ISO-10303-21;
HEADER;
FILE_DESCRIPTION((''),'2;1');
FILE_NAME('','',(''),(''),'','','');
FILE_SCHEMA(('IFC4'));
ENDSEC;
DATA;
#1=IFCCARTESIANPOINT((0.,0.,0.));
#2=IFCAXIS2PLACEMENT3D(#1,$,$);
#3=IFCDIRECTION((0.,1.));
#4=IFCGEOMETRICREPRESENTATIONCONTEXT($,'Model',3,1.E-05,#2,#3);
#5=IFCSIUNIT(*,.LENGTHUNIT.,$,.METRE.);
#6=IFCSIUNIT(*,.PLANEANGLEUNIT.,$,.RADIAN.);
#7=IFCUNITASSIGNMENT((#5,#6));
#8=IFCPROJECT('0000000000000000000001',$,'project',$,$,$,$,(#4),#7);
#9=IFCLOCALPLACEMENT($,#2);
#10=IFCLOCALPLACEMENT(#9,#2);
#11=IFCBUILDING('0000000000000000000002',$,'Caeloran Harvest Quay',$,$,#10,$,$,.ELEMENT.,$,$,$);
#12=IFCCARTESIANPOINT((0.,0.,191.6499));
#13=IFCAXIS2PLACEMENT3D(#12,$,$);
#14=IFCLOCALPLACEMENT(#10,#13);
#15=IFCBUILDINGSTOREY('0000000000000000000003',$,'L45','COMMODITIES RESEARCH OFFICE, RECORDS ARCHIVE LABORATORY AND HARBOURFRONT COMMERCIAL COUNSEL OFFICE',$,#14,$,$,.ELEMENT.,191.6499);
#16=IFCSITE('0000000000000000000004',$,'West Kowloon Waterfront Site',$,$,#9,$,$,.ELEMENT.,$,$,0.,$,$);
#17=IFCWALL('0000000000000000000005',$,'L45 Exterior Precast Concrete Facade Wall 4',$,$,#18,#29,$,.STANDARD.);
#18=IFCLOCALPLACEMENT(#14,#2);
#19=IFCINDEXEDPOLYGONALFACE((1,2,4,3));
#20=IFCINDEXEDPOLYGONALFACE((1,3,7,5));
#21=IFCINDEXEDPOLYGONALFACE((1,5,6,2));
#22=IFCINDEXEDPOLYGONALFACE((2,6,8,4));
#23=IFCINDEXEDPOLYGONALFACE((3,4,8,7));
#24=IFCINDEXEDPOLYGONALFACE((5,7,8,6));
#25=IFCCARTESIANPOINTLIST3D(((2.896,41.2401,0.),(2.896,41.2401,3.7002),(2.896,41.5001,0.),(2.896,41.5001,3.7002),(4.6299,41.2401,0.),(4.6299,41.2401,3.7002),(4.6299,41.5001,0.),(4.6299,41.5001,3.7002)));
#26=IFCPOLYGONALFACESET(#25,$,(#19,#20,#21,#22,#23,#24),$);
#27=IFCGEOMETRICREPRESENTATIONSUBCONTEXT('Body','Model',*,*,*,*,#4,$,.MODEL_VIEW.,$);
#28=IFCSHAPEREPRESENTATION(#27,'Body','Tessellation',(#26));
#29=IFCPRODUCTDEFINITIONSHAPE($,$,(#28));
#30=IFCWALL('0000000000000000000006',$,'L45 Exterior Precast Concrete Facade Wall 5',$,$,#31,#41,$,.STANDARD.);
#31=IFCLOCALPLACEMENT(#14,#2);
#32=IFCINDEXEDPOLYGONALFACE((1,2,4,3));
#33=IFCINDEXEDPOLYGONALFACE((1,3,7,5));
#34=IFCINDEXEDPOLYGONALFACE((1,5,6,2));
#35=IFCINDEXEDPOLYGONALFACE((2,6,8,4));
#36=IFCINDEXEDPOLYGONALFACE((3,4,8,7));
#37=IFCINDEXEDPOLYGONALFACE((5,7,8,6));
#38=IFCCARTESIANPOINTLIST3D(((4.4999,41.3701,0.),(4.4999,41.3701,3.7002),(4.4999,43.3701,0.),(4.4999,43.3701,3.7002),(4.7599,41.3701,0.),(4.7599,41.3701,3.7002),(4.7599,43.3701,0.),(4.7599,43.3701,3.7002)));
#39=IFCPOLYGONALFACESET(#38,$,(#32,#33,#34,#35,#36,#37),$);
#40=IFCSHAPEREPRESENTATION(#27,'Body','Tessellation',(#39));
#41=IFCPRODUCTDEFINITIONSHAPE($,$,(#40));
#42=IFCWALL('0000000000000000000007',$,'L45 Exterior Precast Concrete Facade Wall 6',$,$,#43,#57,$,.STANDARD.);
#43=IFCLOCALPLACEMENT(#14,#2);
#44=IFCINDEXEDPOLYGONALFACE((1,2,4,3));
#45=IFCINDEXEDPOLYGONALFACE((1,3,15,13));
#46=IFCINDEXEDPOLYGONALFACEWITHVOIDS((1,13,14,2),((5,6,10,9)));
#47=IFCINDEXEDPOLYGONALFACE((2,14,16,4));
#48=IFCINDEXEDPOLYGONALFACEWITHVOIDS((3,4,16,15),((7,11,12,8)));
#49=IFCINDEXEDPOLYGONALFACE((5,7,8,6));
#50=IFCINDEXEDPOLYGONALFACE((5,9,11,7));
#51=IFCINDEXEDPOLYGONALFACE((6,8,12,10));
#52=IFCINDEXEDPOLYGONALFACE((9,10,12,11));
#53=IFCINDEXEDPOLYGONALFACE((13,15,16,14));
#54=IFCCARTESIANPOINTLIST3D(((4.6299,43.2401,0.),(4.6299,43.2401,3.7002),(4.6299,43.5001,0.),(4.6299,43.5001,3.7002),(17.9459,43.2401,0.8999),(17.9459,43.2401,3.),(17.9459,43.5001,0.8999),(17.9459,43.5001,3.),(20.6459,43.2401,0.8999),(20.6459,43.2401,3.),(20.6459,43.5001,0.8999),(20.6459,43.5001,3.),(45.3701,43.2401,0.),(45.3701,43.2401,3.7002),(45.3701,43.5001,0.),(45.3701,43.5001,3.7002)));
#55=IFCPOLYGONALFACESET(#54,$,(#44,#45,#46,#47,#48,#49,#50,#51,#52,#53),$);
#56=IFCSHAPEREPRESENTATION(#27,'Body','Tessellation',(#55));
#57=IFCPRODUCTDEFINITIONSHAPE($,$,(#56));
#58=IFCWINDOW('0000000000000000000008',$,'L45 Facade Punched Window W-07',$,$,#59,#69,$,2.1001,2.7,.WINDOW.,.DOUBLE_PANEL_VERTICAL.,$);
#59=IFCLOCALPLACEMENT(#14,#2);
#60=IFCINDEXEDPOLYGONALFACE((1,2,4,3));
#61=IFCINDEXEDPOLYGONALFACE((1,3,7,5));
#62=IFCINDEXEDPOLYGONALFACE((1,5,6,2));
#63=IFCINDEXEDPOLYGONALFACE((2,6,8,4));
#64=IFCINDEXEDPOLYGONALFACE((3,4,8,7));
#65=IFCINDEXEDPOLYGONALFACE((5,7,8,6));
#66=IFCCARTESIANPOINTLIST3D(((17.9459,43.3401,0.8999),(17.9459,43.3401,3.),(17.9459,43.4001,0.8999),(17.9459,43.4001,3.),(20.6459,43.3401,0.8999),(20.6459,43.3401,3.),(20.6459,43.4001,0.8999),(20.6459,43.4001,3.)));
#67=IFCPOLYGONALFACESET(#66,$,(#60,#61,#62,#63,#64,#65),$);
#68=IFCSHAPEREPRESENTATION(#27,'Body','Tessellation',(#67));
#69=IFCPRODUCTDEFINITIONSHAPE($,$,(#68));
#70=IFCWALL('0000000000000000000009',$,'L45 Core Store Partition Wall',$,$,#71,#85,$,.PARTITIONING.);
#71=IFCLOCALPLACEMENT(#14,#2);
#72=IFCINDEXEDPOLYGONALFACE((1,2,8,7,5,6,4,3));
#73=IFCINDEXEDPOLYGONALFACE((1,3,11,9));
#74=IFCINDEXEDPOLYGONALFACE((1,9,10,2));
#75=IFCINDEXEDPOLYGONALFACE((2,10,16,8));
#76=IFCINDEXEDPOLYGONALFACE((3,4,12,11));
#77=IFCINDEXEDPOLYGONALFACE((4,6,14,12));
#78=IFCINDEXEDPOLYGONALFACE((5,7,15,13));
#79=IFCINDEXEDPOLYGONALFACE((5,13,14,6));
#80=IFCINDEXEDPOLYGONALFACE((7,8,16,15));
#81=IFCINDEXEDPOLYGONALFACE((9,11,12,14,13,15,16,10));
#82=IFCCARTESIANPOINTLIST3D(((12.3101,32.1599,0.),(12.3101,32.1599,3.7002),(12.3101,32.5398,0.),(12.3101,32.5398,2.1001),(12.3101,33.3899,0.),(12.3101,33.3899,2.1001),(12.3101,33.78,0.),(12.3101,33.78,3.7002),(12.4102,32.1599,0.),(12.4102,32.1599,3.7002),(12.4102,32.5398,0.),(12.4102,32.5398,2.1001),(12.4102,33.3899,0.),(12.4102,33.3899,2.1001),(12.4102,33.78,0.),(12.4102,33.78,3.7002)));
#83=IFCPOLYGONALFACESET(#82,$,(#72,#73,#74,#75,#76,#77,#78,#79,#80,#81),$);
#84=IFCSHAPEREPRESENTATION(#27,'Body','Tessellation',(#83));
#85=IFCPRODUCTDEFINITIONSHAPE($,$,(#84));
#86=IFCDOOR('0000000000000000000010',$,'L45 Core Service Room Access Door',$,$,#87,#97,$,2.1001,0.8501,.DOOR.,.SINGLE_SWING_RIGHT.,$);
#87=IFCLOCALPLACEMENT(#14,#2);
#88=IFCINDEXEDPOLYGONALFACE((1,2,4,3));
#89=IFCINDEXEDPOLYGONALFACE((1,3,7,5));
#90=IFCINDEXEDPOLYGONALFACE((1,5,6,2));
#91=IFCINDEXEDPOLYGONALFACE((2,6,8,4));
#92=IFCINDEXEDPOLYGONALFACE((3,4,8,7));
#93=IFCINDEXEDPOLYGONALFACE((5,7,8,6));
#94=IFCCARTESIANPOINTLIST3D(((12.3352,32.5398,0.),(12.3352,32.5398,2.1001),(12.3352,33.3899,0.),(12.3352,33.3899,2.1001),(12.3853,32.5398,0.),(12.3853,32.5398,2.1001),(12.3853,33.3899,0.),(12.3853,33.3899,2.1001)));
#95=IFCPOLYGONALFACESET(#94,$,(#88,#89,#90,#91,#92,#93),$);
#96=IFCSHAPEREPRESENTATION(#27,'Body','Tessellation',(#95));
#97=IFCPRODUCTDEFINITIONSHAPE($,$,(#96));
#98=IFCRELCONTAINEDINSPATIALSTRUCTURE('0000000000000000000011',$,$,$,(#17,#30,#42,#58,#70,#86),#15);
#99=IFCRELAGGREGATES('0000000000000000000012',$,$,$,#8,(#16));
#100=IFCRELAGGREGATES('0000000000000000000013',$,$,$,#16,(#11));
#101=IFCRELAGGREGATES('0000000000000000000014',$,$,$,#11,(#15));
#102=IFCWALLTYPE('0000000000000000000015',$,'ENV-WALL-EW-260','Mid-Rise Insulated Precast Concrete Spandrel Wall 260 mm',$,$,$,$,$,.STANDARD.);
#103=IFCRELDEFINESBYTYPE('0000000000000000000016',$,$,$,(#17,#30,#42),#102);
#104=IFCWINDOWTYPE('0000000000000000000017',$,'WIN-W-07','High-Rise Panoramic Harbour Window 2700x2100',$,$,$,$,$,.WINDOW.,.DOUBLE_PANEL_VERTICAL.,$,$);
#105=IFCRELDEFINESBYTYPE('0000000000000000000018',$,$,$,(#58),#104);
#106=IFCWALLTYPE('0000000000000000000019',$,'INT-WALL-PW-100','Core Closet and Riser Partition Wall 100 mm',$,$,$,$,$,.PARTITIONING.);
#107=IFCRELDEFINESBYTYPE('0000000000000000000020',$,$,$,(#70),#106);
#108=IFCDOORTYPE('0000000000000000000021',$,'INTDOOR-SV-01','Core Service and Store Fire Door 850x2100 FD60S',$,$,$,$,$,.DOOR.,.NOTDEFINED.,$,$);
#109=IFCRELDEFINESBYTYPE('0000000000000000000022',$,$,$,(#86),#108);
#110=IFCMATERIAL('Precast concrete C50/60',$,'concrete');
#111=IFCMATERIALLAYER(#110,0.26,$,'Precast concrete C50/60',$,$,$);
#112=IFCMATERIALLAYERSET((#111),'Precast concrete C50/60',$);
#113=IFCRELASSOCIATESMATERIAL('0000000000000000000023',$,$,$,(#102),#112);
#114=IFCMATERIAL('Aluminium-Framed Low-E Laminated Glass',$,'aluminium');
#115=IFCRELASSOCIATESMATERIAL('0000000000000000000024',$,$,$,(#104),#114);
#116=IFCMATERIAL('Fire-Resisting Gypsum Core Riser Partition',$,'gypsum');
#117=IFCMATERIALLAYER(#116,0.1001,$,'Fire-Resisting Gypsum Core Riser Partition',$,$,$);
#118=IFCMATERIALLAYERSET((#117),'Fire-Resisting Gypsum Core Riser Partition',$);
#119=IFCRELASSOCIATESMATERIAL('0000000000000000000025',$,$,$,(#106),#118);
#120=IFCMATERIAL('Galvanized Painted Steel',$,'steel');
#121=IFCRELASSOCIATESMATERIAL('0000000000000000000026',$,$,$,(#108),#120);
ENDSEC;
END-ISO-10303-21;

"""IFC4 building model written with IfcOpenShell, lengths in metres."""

from ifc_helpers import new_model, si_unit, direction, frame, frame_2d, origin, place, context, subcontext, project, spatial, rectangle, extrude, material, layer, layer_set, type_object, element, fill, save


model = new_model("IFC4")

# Units and contexts
model_context = context("Model", 3, precision=1e-05, world=origin(), true_north=direction((0.0, 1.0)))
body_context = subcontext(model_context, "Body", "Model", "MODEL_VIEW")
ifc_project = project(units=[si_unit("LENGTHUNIT", "METRE"), si_unit("PLANEANGLEUNIT", "RADIAN")], contexts=[model_context])

# Site, building, storey
site_placement = place(None, origin())
site = spatial("IfcSite", under=ifc_project, at=site_placement, Name="West Kowloon Waterfront Site", CompositionType="ELEMENT", RefElevation=0.0)
building_placement = place(site_placement, origin())
building = spatial("IfcBuilding", under=site, at=building_placement, Name="Caeloran Harvest Quay", CompositionType="ELEMENT")
storey_placement = place(building_placement, frame((0.0, 0.0, 191.6499)))
storey = spatial("IfcBuildingStorey", under=building, at=storey_placement, Name="L45", Description="COMMODITIES RESEARCH OFFICE, RECORDS ARCHIVE LABORATORY AND HARBOURFRONT COMMERCIAL COUNSEL OFFICE", CompositionType="ELEMENT", Elevation=191.6499)

# Walls
ifc_material_1 = material(Name="Precast concrete C50/60", Category="concrete")
ifc_layer_1 = layer(ifc_material_1, 0.26, Name="Precast concrete C50/60")
ifc_layer_set_1 = layer_set([ifc_layer_1], Name="Precast concrete C50/60")
wall_type_1 = type_object("IfcWallType", Name="ENV-WALL-EW-260", Description="Mid-Rise Insulated Precast Concrete Spandrel Wall 260 mm", PredefinedType="STANDARD", material=ifc_layer_set_1)
wall_1_placement = place(storey_placement, frame((2.896, 41.3701, 0.0), z_axis=(0.0, 0.0, 1.0), x_axis=(1.0, 0.0, 0.0)))
element("IfcWall", 1, at=wall_1_placement, inside=storey, type_object=wall_type_1, Name="L45 Exterior Precast Concrete Facade Wall 4", PredefinedType="STANDARD", context=body_context, shape_type="SweptSolid", body=[
    extrude(rectangle(XDim=1.7339, YDim=0.26, at=frame_2d((0.8669, 0.0))), origin(), (0.0, 0.0, 1.0), 3.7002),
])
wall_2_placement = place(storey_placement, frame((4.6299, 41.3701, 0.0), z_axis=(0.0, 0.0, 1.0), x_axis=(0.0, 1.0, 0.0)))
element("IfcWall", 2, at=wall_2_placement, inside=storey, type_object=wall_type_1, Name="L45 Exterior Precast Concrete Facade Wall 5", PredefinedType="STANDARD", context=body_context, shape_type="SweptSolid", body=[
    extrude(rectangle(XDim=2.0, YDim=0.26, at=frame_2d((1.0, 0.0))), origin(), (0.0, 0.0, 1.0), 3.7002),
])

# Wall, opening, window
wall_3_placement = place(storey_placement, frame((4.6299, 43.3701, 0.0), z_axis=(0.0, 0.0, 1.0), x_axis=(1.0, 0.0, 0.0)))
wall_3 = element("IfcWall", 3, at=wall_3_placement, inside=storey, type_object=wall_type_1, Name="L45 Exterior Precast Concrete Facade Wall 6", PredefinedType="STANDARD", context=body_context, shape_type="SweptSolid", body=[
    extrude(rectangle(XDim=40.7402, YDim=0.26, at=frame_2d((20.3701, 0.0))), origin(), (0.0, 0.0, 1.0), 3.7002),
])
opening_1_placement = place(wall_3_placement, frame((13.3159, 0.0, 0.8999)))
opening_1 = element("IfcOpeningElement", 4, at=opening_1_placement, cuts=wall_3, PredefinedType="OPENING", context=body_context, shape_type="SweptSolid", body=[
    extrude(rectangle(XDim=2.7, YDim=2.1001, at=frame_2d((1.3501, 1.05))), frame((0.0, 0.1401, 0.0), z_axis=(0.0, -1.0, 0.0), x_axis=(1.0, 0.0, 0.0)), (0.0, 0.0, 1.0), 0.28),
])
ifc_material_2 = material(Name="Aluminium-Framed Low-E Laminated Glass", Category="aluminium")
window_type = type_object("IfcWindowType", Name="WIN-W-07", Description="High-Rise Panoramic Harbour Window 2700x2100", PartitioningType="DOUBLE_PANEL_VERTICAL", PredefinedType="WINDOW", material=ifc_material_2)
window_placement = place(opening_1_placement, origin())
window = element("IfcWindow", 5, at=window_placement, inside=storey, type_object=window_type, Name="L45 Facade Punched Window W-07", OverallHeight=2.1001, OverallWidth=2.7, PartitioningType="DOUBLE_PANEL_VERTICAL", PredefinedType="WINDOW", context=body_context, shape_type="SweptSolid", body=[
    extrude(rectangle(XDim=2.7, YDim=2.1001, at=frame_2d((1.3501, 1.05))), frame((0.0, 0.03, 0.0), z_axis=(0.0, -1.0, 0.0), x_axis=(1.0, 0.0, 0.0)), (0.0, 0.0, 1.0), 0.0601),
])
fill(opening_1, window)

# Wall, opening, door
ifc_material_3 = material(Name="Fire-Resisting Gypsum Core Riser Partition", Category="gypsum")
ifc_layer_2 = layer(ifc_material_3, 0.1001, Name="Fire-Resisting Gypsum Core Riser Partition")
ifc_layer_set_2 = layer_set([ifc_layer_2], Name="Fire-Resisting Gypsum Core Riser Partition")
wall_type_2 = type_object("IfcWallType", Name="INT-WALL-PW-100", Description="Core Closet and Riser Partition Wall 100 mm", PredefinedType="PARTITIONING", material=ifc_layer_set_2)
wall_4_placement = place(storey_placement, frame((12.3601, 32.1599, 0.0), z_axis=(0.0, 0.0, 1.0), x_axis=(0.0, 1.0, 0.0)))
wall_4 = element("IfcWall", 6, at=wall_4_placement, inside=storey, type_object=wall_type_2, Name="L45 Core Store Partition Wall", PredefinedType="PARTITIONING", context=body_context, shape_type="SweptSolid", body=[
    extrude(rectangle(XDim=1.6201, YDim=0.1001, at=frame_2d((0.8101, 0.0))), origin(), (0.0, 0.0, 1.0), 3.7002),
])
opening_2_placement = place(wall_4_placement, frame((0.3799, 0.0, 0.0)))
opening_2 = element("IfcOpeningElement", 7, at=opening_2_placement, cuts=wall_4, PredefinedType="OPENING", context=body_context, shape_type="SweptSolid", body=[
    extrude(rectangle(XDim=0.8501, YDim=2.1001, at=frame_2d((0.425, 1.05))), frame((0.0, 0.0601, 0.0), z_axis=(0.0, -1.0, 0.0), x_axis=(1.0, 0.0, 0.0)), (0.0, 0.0, 1.0), 0.1201),
])
ifc_material_4 = material(Name="Galvanized Painted Steel", Category="steel")
door_type_1 = type_object("IfcDoorType", Name="INTDOOR-SV-01", Description="Core Service and Store Fire Door 850x2100 FD60S", OperationType="NOTDEFINED", PredefinedType="DOOR", material=ifc_material_4)
door_1_placement = place(opening_2_placement, origin())
door_1 = element("IfcDoor", 8, at=door_1_placement, inside=storey, type_object=door_type_1, Name="L45 Core Service Room Access Door", OperationType="SINGLE_SWING_RIGHT", OverallHeight=2.1001, OverallWidth=0.8501, PredefinedType="DOOR", context=body_context, shape_type="SweptSolid", body=[
    extrude(rectangle(XDim=0.8501, YDim=2.1001, at=frame_2d((0.425, 1.05))), frame((0.0, 0.0249, 0.0), z_axis=(0.0, -1.0, 0.0), x_axis=(1.0, 0.0, 0.0)), (0.0, 0.0, 1.0), 0.05),
])
fill(opening_2, door_1)

save(model, "model.ifc")
